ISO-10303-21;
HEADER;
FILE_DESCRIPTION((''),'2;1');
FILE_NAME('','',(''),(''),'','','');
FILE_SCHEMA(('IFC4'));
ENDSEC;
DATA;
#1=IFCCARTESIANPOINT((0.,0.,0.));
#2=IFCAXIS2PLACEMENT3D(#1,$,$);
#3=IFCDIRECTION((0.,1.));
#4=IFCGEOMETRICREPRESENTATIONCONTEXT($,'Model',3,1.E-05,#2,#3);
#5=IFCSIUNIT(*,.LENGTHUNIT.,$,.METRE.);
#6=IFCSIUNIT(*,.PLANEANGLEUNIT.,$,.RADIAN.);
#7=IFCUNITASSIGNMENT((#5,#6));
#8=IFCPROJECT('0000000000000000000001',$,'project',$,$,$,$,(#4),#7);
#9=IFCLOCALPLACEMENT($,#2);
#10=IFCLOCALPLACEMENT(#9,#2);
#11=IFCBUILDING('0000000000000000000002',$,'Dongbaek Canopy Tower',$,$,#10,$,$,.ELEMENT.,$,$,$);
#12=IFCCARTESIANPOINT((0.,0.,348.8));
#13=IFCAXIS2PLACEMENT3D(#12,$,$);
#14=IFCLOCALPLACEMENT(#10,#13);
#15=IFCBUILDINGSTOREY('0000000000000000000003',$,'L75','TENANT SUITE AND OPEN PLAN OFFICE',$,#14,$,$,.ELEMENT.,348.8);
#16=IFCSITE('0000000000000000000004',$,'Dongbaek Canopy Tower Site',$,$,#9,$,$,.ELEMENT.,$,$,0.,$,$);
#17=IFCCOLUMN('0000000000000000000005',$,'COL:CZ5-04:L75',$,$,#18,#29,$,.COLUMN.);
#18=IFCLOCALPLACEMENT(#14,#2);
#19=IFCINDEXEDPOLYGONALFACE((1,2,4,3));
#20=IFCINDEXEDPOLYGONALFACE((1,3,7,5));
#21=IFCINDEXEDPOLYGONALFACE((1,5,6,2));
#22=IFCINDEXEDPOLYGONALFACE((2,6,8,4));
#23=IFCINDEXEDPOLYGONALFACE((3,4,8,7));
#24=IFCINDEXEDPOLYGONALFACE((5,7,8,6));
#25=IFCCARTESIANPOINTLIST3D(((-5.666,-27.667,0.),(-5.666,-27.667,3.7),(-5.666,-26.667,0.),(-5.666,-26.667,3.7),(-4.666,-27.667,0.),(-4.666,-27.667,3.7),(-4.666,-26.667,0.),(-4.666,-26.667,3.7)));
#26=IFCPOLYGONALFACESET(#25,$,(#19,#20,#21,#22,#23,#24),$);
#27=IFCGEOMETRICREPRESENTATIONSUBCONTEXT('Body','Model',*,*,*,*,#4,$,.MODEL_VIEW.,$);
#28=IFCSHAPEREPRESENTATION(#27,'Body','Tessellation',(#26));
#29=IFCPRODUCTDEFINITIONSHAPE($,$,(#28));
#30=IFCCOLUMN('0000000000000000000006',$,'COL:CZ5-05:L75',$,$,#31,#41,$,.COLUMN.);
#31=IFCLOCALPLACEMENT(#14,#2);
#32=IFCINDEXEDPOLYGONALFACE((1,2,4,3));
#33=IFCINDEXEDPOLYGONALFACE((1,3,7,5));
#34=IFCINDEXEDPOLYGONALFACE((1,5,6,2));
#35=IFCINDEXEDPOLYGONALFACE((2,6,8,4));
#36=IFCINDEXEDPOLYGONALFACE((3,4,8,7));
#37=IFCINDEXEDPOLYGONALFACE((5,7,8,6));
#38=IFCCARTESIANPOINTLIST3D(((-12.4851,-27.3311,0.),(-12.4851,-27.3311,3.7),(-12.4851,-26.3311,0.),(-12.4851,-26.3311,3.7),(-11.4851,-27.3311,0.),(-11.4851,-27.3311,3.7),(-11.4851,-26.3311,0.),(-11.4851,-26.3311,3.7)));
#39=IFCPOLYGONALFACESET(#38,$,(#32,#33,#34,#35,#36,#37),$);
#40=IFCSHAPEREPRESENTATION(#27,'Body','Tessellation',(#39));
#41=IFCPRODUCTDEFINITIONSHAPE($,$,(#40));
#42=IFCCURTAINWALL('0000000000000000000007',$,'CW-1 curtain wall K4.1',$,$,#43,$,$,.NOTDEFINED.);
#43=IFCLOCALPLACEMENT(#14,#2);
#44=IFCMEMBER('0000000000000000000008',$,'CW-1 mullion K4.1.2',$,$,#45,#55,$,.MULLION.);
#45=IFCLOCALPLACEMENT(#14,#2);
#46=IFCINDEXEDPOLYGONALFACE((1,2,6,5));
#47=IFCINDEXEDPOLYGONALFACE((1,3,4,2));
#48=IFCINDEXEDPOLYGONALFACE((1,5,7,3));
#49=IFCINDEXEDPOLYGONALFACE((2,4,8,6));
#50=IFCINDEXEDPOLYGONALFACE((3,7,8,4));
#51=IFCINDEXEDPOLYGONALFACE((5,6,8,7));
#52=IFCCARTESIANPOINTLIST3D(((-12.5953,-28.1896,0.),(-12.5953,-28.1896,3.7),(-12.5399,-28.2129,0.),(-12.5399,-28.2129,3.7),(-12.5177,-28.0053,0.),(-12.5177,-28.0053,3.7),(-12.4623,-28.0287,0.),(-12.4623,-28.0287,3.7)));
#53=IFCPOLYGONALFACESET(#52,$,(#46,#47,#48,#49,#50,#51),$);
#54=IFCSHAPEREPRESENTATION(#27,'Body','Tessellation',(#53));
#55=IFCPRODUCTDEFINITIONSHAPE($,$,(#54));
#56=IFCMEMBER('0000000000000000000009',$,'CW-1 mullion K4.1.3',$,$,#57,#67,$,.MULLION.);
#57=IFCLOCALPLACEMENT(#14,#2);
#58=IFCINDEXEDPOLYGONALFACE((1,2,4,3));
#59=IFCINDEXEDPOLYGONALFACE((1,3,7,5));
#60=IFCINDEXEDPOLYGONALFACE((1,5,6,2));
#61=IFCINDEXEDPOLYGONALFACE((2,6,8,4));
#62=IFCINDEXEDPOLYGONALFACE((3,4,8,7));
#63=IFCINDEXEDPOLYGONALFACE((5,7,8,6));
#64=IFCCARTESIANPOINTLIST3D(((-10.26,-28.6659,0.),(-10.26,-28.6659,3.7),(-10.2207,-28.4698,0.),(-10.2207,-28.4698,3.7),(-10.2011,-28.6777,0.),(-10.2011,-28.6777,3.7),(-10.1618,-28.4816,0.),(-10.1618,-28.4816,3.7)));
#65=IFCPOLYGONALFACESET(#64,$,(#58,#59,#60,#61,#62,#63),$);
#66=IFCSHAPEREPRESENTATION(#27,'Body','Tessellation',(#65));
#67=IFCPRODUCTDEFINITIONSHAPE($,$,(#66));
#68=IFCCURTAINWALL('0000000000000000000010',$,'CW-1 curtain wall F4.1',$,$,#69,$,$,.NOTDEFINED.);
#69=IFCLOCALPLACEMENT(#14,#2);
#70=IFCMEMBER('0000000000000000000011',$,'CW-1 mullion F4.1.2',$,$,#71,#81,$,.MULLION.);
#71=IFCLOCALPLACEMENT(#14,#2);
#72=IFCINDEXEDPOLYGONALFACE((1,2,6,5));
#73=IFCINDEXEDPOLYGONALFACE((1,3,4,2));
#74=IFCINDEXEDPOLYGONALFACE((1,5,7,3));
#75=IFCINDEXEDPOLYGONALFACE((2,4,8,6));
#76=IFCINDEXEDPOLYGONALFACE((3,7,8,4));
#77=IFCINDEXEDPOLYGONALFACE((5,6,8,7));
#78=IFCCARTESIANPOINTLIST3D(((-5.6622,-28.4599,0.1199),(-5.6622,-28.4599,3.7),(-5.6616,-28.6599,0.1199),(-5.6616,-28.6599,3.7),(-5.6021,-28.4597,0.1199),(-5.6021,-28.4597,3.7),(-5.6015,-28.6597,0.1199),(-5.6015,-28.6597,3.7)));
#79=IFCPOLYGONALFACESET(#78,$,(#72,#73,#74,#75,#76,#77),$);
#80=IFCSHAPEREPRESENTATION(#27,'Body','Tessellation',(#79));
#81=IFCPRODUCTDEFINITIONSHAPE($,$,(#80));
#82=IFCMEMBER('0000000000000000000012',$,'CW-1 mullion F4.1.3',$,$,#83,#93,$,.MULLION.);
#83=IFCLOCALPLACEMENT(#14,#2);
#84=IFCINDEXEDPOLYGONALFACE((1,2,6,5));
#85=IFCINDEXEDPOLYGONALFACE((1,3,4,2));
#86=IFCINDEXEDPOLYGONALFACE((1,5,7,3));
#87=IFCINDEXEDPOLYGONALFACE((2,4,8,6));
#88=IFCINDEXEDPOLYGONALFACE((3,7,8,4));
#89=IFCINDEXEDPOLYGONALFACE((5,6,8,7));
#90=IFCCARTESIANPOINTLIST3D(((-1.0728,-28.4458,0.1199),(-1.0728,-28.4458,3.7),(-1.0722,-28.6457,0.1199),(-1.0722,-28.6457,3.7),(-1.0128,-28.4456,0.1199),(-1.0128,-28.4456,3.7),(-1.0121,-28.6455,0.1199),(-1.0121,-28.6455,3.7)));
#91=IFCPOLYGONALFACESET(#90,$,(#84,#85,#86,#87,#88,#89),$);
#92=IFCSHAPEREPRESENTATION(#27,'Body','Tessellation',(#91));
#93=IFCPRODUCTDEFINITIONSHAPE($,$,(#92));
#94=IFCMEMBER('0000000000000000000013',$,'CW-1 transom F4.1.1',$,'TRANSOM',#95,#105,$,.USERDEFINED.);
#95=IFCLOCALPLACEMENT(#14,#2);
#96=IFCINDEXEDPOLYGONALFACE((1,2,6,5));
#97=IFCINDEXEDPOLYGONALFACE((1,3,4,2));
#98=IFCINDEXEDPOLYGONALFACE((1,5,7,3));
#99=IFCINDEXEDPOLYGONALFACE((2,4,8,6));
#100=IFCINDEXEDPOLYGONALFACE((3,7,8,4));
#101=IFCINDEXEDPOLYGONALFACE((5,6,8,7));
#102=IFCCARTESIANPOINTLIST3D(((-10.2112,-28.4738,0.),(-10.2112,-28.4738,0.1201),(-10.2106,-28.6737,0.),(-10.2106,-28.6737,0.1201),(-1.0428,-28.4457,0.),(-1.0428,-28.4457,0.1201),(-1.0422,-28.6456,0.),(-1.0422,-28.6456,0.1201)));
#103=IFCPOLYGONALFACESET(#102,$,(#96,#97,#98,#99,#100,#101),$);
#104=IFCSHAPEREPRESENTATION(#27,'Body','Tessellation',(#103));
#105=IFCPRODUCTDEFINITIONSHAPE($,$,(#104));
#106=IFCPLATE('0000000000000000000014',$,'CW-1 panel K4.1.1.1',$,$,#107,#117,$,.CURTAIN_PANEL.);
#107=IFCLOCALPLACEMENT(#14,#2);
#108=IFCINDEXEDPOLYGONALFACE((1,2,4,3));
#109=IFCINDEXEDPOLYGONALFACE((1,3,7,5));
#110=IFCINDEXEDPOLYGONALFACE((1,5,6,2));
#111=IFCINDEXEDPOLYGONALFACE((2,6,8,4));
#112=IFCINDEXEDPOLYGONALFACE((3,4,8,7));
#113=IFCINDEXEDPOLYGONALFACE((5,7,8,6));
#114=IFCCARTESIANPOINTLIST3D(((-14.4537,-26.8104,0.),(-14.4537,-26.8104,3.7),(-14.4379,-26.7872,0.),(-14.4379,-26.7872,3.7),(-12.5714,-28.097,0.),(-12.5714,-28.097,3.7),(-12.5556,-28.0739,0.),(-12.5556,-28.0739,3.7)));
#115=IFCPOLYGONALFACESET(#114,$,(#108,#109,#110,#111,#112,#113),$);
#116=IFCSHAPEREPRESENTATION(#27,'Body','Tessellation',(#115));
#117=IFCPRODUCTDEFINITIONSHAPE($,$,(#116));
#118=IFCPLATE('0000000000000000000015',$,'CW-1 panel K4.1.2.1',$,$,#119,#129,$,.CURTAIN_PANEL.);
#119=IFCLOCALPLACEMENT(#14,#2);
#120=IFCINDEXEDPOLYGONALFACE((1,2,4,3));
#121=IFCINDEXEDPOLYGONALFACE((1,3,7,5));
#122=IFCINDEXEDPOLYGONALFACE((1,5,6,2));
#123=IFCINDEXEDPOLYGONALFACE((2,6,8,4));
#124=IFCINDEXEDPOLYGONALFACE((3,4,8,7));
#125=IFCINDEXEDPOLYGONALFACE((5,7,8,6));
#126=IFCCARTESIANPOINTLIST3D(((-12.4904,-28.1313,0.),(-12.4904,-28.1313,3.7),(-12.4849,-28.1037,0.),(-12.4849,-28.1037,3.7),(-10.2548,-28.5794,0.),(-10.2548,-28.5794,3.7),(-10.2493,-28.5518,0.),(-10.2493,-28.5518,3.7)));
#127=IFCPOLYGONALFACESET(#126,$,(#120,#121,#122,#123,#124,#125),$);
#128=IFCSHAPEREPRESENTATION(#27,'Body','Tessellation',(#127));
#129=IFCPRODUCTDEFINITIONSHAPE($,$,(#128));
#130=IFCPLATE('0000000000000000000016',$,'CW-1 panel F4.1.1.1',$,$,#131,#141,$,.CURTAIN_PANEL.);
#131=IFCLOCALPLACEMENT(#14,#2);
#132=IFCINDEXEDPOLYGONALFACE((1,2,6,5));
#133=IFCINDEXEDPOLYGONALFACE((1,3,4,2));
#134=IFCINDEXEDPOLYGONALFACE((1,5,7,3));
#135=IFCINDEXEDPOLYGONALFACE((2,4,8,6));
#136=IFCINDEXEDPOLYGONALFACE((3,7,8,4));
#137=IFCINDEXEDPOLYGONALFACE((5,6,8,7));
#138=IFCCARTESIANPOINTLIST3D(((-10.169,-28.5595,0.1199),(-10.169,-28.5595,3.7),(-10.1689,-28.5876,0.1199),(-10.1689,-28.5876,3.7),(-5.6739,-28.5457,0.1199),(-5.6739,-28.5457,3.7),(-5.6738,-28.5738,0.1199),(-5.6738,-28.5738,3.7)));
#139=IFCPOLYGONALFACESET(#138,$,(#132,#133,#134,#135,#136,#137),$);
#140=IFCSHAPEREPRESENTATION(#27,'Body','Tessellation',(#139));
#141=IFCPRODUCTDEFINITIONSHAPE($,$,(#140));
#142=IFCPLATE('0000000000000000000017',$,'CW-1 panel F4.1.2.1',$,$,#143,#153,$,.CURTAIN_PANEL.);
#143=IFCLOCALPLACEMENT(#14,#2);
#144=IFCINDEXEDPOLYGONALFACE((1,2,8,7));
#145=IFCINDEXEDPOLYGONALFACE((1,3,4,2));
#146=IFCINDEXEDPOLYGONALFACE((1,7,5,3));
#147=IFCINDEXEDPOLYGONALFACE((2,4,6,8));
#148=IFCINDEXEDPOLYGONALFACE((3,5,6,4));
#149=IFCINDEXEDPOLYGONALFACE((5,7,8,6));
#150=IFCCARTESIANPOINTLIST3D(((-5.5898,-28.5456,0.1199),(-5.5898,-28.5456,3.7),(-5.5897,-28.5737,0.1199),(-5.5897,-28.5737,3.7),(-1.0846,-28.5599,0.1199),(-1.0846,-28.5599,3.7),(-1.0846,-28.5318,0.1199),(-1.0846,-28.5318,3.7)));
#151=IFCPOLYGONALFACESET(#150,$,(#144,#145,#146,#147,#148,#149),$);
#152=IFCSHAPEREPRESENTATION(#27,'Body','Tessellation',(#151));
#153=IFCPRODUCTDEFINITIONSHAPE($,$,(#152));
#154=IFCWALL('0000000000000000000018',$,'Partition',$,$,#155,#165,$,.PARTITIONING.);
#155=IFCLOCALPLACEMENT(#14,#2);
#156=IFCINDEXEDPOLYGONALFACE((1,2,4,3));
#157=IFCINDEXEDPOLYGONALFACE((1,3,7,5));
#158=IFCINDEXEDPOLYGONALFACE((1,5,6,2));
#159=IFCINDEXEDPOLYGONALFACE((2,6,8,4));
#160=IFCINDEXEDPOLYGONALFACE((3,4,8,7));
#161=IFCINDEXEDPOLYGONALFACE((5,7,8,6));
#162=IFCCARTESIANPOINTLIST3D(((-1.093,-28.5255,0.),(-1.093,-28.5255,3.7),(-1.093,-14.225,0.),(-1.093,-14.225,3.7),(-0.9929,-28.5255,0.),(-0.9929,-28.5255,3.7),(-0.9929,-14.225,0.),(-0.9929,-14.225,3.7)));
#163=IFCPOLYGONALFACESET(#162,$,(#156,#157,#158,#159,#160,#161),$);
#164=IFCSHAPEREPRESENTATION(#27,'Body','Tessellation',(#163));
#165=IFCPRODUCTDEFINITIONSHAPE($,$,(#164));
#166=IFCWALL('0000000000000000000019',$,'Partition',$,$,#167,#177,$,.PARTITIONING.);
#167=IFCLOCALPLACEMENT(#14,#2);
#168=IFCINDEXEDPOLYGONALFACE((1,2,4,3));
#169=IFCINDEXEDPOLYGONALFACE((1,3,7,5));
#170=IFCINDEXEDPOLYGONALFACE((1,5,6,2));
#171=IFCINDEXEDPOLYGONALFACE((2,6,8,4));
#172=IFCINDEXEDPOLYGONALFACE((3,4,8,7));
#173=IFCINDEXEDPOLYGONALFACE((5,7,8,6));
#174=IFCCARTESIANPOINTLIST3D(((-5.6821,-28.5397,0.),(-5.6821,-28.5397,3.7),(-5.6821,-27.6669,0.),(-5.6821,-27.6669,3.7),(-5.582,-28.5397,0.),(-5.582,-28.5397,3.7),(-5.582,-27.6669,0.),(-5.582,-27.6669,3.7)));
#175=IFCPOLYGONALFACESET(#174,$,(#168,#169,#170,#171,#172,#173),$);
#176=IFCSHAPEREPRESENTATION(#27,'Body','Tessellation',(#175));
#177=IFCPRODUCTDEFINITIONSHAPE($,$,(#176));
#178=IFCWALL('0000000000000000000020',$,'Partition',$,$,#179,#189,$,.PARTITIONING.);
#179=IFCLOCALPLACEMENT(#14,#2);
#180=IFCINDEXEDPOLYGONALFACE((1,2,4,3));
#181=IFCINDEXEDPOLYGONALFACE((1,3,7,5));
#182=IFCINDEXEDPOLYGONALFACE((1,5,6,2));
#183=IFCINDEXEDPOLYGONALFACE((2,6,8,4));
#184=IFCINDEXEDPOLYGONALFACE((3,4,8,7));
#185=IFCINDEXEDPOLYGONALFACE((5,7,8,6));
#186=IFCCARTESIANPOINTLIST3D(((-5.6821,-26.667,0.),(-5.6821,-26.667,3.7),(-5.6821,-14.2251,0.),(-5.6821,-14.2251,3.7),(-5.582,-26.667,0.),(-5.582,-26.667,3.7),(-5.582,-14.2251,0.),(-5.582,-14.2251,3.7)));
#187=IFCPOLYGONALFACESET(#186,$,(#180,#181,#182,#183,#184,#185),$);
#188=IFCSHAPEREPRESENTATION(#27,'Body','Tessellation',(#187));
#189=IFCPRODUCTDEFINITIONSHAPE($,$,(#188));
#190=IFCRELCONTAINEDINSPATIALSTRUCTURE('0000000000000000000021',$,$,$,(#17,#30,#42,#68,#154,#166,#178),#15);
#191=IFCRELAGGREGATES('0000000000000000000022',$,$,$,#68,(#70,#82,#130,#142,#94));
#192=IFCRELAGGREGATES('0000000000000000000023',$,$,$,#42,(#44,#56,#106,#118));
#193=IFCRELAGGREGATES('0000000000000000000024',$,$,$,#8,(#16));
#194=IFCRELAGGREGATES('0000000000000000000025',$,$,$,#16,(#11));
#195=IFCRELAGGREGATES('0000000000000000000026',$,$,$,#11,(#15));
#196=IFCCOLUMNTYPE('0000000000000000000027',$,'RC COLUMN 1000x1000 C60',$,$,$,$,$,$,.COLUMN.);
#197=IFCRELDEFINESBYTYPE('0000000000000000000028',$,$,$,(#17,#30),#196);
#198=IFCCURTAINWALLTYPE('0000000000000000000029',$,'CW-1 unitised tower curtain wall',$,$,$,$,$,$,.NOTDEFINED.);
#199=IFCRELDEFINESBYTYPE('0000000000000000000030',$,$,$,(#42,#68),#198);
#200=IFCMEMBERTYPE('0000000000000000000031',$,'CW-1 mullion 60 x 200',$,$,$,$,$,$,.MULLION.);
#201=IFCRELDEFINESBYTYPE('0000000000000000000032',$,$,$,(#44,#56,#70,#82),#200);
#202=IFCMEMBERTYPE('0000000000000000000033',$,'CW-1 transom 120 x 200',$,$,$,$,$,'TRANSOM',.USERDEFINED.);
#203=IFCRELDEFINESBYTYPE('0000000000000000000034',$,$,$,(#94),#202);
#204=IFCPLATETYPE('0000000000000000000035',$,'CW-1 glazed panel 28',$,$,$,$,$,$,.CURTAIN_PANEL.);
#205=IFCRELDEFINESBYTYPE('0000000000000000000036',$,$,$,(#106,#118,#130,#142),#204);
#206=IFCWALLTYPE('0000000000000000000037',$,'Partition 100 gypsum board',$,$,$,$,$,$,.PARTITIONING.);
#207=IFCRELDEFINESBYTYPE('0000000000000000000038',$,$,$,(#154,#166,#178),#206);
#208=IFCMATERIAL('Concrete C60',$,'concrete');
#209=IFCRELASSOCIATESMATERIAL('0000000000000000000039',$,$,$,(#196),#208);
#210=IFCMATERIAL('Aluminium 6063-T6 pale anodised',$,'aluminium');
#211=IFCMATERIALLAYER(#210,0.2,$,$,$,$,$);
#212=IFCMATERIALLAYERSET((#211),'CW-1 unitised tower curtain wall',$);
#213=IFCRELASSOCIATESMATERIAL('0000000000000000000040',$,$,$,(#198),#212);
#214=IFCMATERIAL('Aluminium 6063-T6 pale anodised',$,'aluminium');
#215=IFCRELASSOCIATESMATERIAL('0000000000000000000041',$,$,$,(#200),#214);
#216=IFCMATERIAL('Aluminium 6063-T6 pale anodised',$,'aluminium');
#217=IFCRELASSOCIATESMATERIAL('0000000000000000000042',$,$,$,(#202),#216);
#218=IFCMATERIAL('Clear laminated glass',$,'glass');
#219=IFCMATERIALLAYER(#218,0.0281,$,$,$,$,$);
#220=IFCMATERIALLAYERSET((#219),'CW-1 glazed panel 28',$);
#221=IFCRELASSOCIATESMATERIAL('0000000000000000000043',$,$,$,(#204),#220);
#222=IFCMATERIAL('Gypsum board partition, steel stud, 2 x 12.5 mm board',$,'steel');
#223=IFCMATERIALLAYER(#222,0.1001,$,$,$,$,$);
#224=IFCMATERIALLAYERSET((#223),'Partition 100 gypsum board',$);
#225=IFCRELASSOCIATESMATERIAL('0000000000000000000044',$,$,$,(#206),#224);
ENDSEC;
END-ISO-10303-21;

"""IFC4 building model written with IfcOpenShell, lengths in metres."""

from ifc_helpers import new_model, si_unit, direction, frame, frame_2d, origin, origin_2d, place, context, subcontext, project, spatial, rectangle, extrude, material, layer, layer_set, material_profile, profile_set, type_object, element, aggregate, save


model = new_model("IFC4")

# Units and contexts
model_context = context("Model", 3, precision=1e-05, world=origin(), true_north=direction((0.0, 1.0)))
body_context = subcontext(model_context, "Body", "Model", "MODEL_VIEW")
ifc_project = project(units=[si_unit("LENGTHUNIT", "METRE"), si_unit("PLANEANGLEUNIT", "RADIAN")], contexts=[model_context])

# Site, building, storey
site_placement = place(None, origin())
site = spatial("IfcSite", under=ifc_project, at=site_placement, Name="Dongbaek Canopy Tower Site", CompositionType="ELEMENT", RefElevation=0.0)
building_placement = place(site_placement, origin())
building = spatial("IfcBuilding", under=site, at=building_placement, Name="Dongbaek Canopy Tower", CompositionType="ELEMENT")
storey_placement = place(building_placement, frame((0.0, 0.0, 348.8)))
storey = spatial("IfcBuildingStorey", under=building, at=storey_placement, Name="L75", Description="TENANT SUITE AND OPEN PLAN OFFICE", CompositionType="ELEMENT", Elevation=348.8)

# Columns
ifc_material_1 = material(Name="Concrete C60", Category="concrete")
ifc_material_profile_1 = material_profile(ifc_material_1, rectangle(XDim=1.0, YDim=1.0, at=origin_2d()), Name="RC COLUMN 1000x1000 C60")
ifc_profile_set_1 = profile_set([ifc_material_profile_1], Name="Concrete C60")
column_type = type_object("IfcColumnType", Name="RC COLUMN 1000x1000 C60", PredefinedType="COLUMN", material=ifc_profile_set_1)
for number, where, z_axis, x_axis, name in (
    (1, (-5.166, -27.167, 0.0), (0.0, 0.0, 1.0), (1.0, 0.0, 0.0), "COL:CZ5-04:L75"),
    (2, (-11.9851, -26.8311, 0.0), (0.0, 0.0, 1.0), (1.0, 0.0, 0.0), "COL:CZ5-05:L75"),
):
    element("IfcColumn", number, at=place(storey_placement, frame(where, z_axis=z_axis, x_axis=x_axis)), inside=storey, type_object=column_type, Name=name, PredefinedType="COLUMN", context=body_context, shape_type="SweptSolid", body=[
        extrude(rectangle(XDim=1.0, YDim=1.0, at=origin_2d()), origin(), (0.0, 0.0, 1.0), 3.7),
    ])

# Curtain walls, members
ifc_material_2 = material(Name="Aluminium 6063-T6 pale anodised", Category="aluminium")
ifc_layer_1 = layer(ifc_material_2, 0.2)
ifc_layer_set_1 = layer_set([ifc_layer_1], Name="CW-1 unitised tower curtain wall")
curtain_wall_type = type_object("IfcCurtainWallType", Name="CW-1 unitised tower curtain wall", PredefinedType="NOTDEFINED", material=ifc_layer_set_1)
curtain_wall_1_placement = place(storey_placement, origin())
curtain_wall_1 = element("IfcCurtainWall", 3, at=curtain_wall_1_placement, inside=storey, type_object=curtain_wall_type, Name="CW-1 curtain wall K4.1", PredefinedType="NOTDEFINED")
ifc_material_3 = material(Name="Aluminium 6063-T6 pale anodised", Category="aluminium")
ifc_material_profile_2 = material_profile(ifc_material_3, rectangle(XDim=0.2, YDim=0.0601, at=origin_2d()), Name="CW-1 mullion 60 x 200")
ifc_profile_set_2 = profile_set([ifc_material_profile_2], Name="Aluminium 6063-T6 pale anodised")
member_type_1 = type_object("IfcMemberType", Name="CW-1 mullion 60 x 200", PredefinedType="MULLION", material=ifc_profile_set_2)
member_1_placement = place(storey_placement, frame((-12.5288, -28.1091, 0.0), z_axis=(0.0, 0.0, 1.0), x_axis=(-0.388221, -0.921566, 0.0)))
member_1 = element("IfcMember", 4, at=member_1_placement, type_object=member_type_1, Name="CW-1 mullion K4.1.2", PredefinedType="MULLION", context=body_context, shape_type="SweptSolid", body=[
    extrude(rectangle(XDim=0.2, YDim=0.0601, at=origin_2d()), origin(), (0.0, 0.0, 1.0), 3.7),
])
member_2_placement = place(storey_placement, frame((-10.2109, -28.5737, 0.0), z_axis=(0.0, 0.0, 1.0), x_axis=(-0.19653, -0.980498, 0.0)))
member_2 = element("IfcMember", 5, at=member_2_placement, type_object=member_type_1, Name="CW-1 mullion K4.1.3", PredefinedType="MULLION", context=body_context, shape_type="SweptSolid", body=[
    extrude(rectangle(XDim=0.2, YDim=0.0601, at=origin_2d()), origin(), (0.0, 0.0, 1.0), 3.7),
])
curtain_wall_2_placement = place(storey_placement, origin())
curtain_wall_2 = element("IfcCurtainWall", 6, at=curtain_wall_2_placement, inside=storey, type_object=curtain_wall_type, Name="CW-1 curtain wall F4.1", PredefinedType="NOTDEFINED")
member_3_placement = place(storey_placement, frame((-5.6318, -28.5598, 0.1199), z_axis=(0.0, 0.0, 1.0), x_axis=(0.003066, -0.999995, 0.0)))
member_3 = element("IfcMember", 7, at=member_3_placement, type_object=member_type_1, Name="CW-1 mullion F4.1.2", PredefinedType="MULLION", context=body_context, shape_type="SweptSolid", body=[
    extrude(rectangle(XDim=0.2, YDim=0.0601, at=origin_2d()), origin(), (0.0, 0.0, 1.0), 3.5801),
])
member_4_placement = place(storey_placement, frame((-1.0425, -28.5457, 0.1199), z_axis=(0.0, 0.0, 1.0), x_axis=(0.003066, -0.999995, 0.0)))
member_4 = element("IfcMember", 8, at=member_4_placement, type_object=member_type_1, Name="CW-1 mullion F4.1.3", PredefinedType="MULLION", context=body_context, shape_type="SweptSolid", body=[
    extrude(rectangle(XDim=0.2, YDim=0.0601, at=origin_2d()), origin(), (0.0, 0.0, 1.0), 3.5801),
])
ifc_material_4 = material(Name="Aluminium 6063-T6 pale anodised", Category="aluminium")
ifc_material_profile_3 = material_profile(ifc_material_4, rectangle(XDim=0.2, YDim=0.1201, at=origin_2d()), Name="CW-1 transom 120 x 200")
ifc_profile_set_3 = profile_set([ifc_material_profile_3], Name="Aluminium 6063-T6 pale anodised")
member_type_2 = type_object("IfcMemberType", Name="CW-1 transom 120 x 200", ElementType="TRANSOM", PredefinedType="USERDEFINED", material=ifc_profile_set_3)
member_5_placement = place(storey_placement, frame((-10.2109, -28.5737, 0.0601), z_axis=(0.999995, 0.003062, 0.0), x_axis=(-0.003062, 0.999995, 0.0)))
member_5 = element("IfcMember", 9, at=member_5_placement, type_object=member_type_2, Name="CW-1 transom F4.1.1", ObjectType="TRANSOM", PredefinedType="USERDEFINED", context=body_context, shape_type="SweptSolid", body=[
    extrude(rectangle(XDim=0.2, YDim=0.1201, at=origin_2d()), origin(), (0.0, 0.0, 1.0), 9.1685),
])

# Plates
ifc_material_5 = material(Name="Clear laminated glass", Category="glass")
ifc_layer_2 = layer(ifc_material_5, 0.0281)
ifc_layer_set_2 = layer_set([ifc_layer_2], Name="CW-1 glazed panel 28")
plate_type = type_object("IfcPlateType", Name="CW-1 glazed panel 28", PredefinedType="CURTAIN_PANEL", material=ifc_layer_set_2)
plate_1_placement = place(storey_placement, frame((-13.5046, -27.4421, 0.0), z_axis=(0.0, 0.0, 1.0), x_axis=(0.825571, -0.564298, 0.0)))
plate_1 = element("IfcPlate", 10, at=plate_1_placement, type_object=plate_type, Name="CW-1 panel K4.1.1.1", PredefinedType="CURTAIN_PANEL", context=body_context, shape_type="SweptSolid", body=[
    extrude(rectangle(XDim=2.28, YDim=0.0281, at=origin_2d()), origin(), (0.0, 0.0, 1.0), 3.7),
])
plate_2_placement = place(storey_placement, frame((-11.3699, -28.3416, 0.0), z_axis=(0.0, 0.0, 1.0), x_axis=(0.980498, -0.19653, 0.0)))
plate_2 = element("IfcPlate", 11, at=plate_2_placement, type_object=plate_type, Name="CW-1 panel K4.1.2.1", PredefinedType="CURTAIN_PANEL", context=body_context, shape_type="SweptSolid", body=[
    extrude(rectangle(XDim=2.28, YDim=0.0281, at=origin_2d()), origin(), (0.0, 0.0, 1.0), 3.7),
])
plate_3_placement = place(storey_placement, frame((-7.9214, -28.5667, 0.1199), z_axis=(0.0, 0.0, 1.0), x_axis=(0.999995, 0.003066, 0.0)))
plate_3 = element("IfcPlate", 12, at=plate_3_placement, type_object=plate_type, Name="CW-1 panel F4.1.1.1", PredefinedType="CURTAIN_PANEL", context=body_context, shape_type="SweptSolid", body=[
    extrude(rectangle(XDim=4.4951, YDim=0.0281, at=origin_2d()), origin(), (0.0, 0.0, 1.0), 3.5801),
])
plate_4_placement = place(storey_placement, frame((-3.3372, -28.5527, 0.1199), z_axis=(0.0, 0.0, 1.0), x_axis=(0.999995, 0.003066, 0.0)))
plate_4 = element("IfcPlate", 13, at=plate_4_placement, type_object=plate_type, Name="CW-1 panel F4.1.2.1", PredefinedType="CURTAIN_PANEL", context=body_context, shape_type="SweptSolid", body=[
    extrude(rectangle(XDim=4.5051, YDim=0.0281, at=origin_2d()), origin(), (0.0, 0.0, 1.0), 3.5801),
])

# Walls
ifc_material_6 = material(Name="Gypsum board partition, steel stud, 2 x 12.5 mm board", Category="steel")
ifc_layer_3 = layer(ifc_material_6, 0.1001)
ifc_layer_set_3 = layer_set([ifc_layer_3], Name="Partition 100 gypsum board")
wall_type_1 = type_object("IfcWallType", Name="Partition 100 gypsum board", PredefinedType="PARTITIONING", material=ifc_layer_set_3)
wall_1_placement = place(storey_placement, frame((-1.043, -28.5256, 0.0), z_axis=(0.0, 0.0, 1.0), x_axis=(0.0, 1.0, 0.0)))
element("IfcWall", 14, at=wall_1_placement, inside=storey, type_object=wall_type_1, Name="Partition", PredefinedType="PARTITIONING", context=body_context, shape_type="SweptSolid", body=[
    extrude(rectangle(XDim=14.3005, YDim=0.1001, at=frame_2d((7.1504, 0.0))), origin(), (0.0, 0.0, 1.0), 3.7),
])
wall_2_placement = place(storey_placement, frame((-5.6321, -28.5398, 0.0), z_axis=(0.0, 0.0, 1.0), x_axis=(0.0, 1.0, 0.0)))
element("IfcWall", 15, at=wall_2_placement, inside=storey, type_object=wall_type_1, Name="Partition", PredefinedType="PARTITIONING", context=body_context, shape_type="SweptSolid", body=[
    extrude(rectangle(XDim=0.8728, YDim=0.1001, at=frame_2d((0.4365, 0.0))), origin(), (0.0, 0.0, 1.0), 3.7),
])
wall_3_placement = place(storey_placement, frame((-5.6321, -26.667, 0.0), z_axis=(0.0, 0.0, 1.0), x_axis=(0.0, 1.0, 0.0)))
element("IfcWall", 16, at=wall_3_placement, inside=storey, type_object=wall_type_1, Name="Partition", PredefinedType="PARTITIONING", context=body_context, shape_type="SweptSolid", body=[
    extrude(rectangle(XDim=12.4419, YDim=0.1001, at=frame_2d((6.2209, 0.0))), origin(), (0.0, 0.0, 1.0), 3.7),
])

aggregate(curtain_wall_2, [member_3, member_4, plate_3, plate_4, member_5])
aggregate(curtain_wall_1, [member_1, member_2, plate_1, plate_2])

save(model, "model.ifc")
